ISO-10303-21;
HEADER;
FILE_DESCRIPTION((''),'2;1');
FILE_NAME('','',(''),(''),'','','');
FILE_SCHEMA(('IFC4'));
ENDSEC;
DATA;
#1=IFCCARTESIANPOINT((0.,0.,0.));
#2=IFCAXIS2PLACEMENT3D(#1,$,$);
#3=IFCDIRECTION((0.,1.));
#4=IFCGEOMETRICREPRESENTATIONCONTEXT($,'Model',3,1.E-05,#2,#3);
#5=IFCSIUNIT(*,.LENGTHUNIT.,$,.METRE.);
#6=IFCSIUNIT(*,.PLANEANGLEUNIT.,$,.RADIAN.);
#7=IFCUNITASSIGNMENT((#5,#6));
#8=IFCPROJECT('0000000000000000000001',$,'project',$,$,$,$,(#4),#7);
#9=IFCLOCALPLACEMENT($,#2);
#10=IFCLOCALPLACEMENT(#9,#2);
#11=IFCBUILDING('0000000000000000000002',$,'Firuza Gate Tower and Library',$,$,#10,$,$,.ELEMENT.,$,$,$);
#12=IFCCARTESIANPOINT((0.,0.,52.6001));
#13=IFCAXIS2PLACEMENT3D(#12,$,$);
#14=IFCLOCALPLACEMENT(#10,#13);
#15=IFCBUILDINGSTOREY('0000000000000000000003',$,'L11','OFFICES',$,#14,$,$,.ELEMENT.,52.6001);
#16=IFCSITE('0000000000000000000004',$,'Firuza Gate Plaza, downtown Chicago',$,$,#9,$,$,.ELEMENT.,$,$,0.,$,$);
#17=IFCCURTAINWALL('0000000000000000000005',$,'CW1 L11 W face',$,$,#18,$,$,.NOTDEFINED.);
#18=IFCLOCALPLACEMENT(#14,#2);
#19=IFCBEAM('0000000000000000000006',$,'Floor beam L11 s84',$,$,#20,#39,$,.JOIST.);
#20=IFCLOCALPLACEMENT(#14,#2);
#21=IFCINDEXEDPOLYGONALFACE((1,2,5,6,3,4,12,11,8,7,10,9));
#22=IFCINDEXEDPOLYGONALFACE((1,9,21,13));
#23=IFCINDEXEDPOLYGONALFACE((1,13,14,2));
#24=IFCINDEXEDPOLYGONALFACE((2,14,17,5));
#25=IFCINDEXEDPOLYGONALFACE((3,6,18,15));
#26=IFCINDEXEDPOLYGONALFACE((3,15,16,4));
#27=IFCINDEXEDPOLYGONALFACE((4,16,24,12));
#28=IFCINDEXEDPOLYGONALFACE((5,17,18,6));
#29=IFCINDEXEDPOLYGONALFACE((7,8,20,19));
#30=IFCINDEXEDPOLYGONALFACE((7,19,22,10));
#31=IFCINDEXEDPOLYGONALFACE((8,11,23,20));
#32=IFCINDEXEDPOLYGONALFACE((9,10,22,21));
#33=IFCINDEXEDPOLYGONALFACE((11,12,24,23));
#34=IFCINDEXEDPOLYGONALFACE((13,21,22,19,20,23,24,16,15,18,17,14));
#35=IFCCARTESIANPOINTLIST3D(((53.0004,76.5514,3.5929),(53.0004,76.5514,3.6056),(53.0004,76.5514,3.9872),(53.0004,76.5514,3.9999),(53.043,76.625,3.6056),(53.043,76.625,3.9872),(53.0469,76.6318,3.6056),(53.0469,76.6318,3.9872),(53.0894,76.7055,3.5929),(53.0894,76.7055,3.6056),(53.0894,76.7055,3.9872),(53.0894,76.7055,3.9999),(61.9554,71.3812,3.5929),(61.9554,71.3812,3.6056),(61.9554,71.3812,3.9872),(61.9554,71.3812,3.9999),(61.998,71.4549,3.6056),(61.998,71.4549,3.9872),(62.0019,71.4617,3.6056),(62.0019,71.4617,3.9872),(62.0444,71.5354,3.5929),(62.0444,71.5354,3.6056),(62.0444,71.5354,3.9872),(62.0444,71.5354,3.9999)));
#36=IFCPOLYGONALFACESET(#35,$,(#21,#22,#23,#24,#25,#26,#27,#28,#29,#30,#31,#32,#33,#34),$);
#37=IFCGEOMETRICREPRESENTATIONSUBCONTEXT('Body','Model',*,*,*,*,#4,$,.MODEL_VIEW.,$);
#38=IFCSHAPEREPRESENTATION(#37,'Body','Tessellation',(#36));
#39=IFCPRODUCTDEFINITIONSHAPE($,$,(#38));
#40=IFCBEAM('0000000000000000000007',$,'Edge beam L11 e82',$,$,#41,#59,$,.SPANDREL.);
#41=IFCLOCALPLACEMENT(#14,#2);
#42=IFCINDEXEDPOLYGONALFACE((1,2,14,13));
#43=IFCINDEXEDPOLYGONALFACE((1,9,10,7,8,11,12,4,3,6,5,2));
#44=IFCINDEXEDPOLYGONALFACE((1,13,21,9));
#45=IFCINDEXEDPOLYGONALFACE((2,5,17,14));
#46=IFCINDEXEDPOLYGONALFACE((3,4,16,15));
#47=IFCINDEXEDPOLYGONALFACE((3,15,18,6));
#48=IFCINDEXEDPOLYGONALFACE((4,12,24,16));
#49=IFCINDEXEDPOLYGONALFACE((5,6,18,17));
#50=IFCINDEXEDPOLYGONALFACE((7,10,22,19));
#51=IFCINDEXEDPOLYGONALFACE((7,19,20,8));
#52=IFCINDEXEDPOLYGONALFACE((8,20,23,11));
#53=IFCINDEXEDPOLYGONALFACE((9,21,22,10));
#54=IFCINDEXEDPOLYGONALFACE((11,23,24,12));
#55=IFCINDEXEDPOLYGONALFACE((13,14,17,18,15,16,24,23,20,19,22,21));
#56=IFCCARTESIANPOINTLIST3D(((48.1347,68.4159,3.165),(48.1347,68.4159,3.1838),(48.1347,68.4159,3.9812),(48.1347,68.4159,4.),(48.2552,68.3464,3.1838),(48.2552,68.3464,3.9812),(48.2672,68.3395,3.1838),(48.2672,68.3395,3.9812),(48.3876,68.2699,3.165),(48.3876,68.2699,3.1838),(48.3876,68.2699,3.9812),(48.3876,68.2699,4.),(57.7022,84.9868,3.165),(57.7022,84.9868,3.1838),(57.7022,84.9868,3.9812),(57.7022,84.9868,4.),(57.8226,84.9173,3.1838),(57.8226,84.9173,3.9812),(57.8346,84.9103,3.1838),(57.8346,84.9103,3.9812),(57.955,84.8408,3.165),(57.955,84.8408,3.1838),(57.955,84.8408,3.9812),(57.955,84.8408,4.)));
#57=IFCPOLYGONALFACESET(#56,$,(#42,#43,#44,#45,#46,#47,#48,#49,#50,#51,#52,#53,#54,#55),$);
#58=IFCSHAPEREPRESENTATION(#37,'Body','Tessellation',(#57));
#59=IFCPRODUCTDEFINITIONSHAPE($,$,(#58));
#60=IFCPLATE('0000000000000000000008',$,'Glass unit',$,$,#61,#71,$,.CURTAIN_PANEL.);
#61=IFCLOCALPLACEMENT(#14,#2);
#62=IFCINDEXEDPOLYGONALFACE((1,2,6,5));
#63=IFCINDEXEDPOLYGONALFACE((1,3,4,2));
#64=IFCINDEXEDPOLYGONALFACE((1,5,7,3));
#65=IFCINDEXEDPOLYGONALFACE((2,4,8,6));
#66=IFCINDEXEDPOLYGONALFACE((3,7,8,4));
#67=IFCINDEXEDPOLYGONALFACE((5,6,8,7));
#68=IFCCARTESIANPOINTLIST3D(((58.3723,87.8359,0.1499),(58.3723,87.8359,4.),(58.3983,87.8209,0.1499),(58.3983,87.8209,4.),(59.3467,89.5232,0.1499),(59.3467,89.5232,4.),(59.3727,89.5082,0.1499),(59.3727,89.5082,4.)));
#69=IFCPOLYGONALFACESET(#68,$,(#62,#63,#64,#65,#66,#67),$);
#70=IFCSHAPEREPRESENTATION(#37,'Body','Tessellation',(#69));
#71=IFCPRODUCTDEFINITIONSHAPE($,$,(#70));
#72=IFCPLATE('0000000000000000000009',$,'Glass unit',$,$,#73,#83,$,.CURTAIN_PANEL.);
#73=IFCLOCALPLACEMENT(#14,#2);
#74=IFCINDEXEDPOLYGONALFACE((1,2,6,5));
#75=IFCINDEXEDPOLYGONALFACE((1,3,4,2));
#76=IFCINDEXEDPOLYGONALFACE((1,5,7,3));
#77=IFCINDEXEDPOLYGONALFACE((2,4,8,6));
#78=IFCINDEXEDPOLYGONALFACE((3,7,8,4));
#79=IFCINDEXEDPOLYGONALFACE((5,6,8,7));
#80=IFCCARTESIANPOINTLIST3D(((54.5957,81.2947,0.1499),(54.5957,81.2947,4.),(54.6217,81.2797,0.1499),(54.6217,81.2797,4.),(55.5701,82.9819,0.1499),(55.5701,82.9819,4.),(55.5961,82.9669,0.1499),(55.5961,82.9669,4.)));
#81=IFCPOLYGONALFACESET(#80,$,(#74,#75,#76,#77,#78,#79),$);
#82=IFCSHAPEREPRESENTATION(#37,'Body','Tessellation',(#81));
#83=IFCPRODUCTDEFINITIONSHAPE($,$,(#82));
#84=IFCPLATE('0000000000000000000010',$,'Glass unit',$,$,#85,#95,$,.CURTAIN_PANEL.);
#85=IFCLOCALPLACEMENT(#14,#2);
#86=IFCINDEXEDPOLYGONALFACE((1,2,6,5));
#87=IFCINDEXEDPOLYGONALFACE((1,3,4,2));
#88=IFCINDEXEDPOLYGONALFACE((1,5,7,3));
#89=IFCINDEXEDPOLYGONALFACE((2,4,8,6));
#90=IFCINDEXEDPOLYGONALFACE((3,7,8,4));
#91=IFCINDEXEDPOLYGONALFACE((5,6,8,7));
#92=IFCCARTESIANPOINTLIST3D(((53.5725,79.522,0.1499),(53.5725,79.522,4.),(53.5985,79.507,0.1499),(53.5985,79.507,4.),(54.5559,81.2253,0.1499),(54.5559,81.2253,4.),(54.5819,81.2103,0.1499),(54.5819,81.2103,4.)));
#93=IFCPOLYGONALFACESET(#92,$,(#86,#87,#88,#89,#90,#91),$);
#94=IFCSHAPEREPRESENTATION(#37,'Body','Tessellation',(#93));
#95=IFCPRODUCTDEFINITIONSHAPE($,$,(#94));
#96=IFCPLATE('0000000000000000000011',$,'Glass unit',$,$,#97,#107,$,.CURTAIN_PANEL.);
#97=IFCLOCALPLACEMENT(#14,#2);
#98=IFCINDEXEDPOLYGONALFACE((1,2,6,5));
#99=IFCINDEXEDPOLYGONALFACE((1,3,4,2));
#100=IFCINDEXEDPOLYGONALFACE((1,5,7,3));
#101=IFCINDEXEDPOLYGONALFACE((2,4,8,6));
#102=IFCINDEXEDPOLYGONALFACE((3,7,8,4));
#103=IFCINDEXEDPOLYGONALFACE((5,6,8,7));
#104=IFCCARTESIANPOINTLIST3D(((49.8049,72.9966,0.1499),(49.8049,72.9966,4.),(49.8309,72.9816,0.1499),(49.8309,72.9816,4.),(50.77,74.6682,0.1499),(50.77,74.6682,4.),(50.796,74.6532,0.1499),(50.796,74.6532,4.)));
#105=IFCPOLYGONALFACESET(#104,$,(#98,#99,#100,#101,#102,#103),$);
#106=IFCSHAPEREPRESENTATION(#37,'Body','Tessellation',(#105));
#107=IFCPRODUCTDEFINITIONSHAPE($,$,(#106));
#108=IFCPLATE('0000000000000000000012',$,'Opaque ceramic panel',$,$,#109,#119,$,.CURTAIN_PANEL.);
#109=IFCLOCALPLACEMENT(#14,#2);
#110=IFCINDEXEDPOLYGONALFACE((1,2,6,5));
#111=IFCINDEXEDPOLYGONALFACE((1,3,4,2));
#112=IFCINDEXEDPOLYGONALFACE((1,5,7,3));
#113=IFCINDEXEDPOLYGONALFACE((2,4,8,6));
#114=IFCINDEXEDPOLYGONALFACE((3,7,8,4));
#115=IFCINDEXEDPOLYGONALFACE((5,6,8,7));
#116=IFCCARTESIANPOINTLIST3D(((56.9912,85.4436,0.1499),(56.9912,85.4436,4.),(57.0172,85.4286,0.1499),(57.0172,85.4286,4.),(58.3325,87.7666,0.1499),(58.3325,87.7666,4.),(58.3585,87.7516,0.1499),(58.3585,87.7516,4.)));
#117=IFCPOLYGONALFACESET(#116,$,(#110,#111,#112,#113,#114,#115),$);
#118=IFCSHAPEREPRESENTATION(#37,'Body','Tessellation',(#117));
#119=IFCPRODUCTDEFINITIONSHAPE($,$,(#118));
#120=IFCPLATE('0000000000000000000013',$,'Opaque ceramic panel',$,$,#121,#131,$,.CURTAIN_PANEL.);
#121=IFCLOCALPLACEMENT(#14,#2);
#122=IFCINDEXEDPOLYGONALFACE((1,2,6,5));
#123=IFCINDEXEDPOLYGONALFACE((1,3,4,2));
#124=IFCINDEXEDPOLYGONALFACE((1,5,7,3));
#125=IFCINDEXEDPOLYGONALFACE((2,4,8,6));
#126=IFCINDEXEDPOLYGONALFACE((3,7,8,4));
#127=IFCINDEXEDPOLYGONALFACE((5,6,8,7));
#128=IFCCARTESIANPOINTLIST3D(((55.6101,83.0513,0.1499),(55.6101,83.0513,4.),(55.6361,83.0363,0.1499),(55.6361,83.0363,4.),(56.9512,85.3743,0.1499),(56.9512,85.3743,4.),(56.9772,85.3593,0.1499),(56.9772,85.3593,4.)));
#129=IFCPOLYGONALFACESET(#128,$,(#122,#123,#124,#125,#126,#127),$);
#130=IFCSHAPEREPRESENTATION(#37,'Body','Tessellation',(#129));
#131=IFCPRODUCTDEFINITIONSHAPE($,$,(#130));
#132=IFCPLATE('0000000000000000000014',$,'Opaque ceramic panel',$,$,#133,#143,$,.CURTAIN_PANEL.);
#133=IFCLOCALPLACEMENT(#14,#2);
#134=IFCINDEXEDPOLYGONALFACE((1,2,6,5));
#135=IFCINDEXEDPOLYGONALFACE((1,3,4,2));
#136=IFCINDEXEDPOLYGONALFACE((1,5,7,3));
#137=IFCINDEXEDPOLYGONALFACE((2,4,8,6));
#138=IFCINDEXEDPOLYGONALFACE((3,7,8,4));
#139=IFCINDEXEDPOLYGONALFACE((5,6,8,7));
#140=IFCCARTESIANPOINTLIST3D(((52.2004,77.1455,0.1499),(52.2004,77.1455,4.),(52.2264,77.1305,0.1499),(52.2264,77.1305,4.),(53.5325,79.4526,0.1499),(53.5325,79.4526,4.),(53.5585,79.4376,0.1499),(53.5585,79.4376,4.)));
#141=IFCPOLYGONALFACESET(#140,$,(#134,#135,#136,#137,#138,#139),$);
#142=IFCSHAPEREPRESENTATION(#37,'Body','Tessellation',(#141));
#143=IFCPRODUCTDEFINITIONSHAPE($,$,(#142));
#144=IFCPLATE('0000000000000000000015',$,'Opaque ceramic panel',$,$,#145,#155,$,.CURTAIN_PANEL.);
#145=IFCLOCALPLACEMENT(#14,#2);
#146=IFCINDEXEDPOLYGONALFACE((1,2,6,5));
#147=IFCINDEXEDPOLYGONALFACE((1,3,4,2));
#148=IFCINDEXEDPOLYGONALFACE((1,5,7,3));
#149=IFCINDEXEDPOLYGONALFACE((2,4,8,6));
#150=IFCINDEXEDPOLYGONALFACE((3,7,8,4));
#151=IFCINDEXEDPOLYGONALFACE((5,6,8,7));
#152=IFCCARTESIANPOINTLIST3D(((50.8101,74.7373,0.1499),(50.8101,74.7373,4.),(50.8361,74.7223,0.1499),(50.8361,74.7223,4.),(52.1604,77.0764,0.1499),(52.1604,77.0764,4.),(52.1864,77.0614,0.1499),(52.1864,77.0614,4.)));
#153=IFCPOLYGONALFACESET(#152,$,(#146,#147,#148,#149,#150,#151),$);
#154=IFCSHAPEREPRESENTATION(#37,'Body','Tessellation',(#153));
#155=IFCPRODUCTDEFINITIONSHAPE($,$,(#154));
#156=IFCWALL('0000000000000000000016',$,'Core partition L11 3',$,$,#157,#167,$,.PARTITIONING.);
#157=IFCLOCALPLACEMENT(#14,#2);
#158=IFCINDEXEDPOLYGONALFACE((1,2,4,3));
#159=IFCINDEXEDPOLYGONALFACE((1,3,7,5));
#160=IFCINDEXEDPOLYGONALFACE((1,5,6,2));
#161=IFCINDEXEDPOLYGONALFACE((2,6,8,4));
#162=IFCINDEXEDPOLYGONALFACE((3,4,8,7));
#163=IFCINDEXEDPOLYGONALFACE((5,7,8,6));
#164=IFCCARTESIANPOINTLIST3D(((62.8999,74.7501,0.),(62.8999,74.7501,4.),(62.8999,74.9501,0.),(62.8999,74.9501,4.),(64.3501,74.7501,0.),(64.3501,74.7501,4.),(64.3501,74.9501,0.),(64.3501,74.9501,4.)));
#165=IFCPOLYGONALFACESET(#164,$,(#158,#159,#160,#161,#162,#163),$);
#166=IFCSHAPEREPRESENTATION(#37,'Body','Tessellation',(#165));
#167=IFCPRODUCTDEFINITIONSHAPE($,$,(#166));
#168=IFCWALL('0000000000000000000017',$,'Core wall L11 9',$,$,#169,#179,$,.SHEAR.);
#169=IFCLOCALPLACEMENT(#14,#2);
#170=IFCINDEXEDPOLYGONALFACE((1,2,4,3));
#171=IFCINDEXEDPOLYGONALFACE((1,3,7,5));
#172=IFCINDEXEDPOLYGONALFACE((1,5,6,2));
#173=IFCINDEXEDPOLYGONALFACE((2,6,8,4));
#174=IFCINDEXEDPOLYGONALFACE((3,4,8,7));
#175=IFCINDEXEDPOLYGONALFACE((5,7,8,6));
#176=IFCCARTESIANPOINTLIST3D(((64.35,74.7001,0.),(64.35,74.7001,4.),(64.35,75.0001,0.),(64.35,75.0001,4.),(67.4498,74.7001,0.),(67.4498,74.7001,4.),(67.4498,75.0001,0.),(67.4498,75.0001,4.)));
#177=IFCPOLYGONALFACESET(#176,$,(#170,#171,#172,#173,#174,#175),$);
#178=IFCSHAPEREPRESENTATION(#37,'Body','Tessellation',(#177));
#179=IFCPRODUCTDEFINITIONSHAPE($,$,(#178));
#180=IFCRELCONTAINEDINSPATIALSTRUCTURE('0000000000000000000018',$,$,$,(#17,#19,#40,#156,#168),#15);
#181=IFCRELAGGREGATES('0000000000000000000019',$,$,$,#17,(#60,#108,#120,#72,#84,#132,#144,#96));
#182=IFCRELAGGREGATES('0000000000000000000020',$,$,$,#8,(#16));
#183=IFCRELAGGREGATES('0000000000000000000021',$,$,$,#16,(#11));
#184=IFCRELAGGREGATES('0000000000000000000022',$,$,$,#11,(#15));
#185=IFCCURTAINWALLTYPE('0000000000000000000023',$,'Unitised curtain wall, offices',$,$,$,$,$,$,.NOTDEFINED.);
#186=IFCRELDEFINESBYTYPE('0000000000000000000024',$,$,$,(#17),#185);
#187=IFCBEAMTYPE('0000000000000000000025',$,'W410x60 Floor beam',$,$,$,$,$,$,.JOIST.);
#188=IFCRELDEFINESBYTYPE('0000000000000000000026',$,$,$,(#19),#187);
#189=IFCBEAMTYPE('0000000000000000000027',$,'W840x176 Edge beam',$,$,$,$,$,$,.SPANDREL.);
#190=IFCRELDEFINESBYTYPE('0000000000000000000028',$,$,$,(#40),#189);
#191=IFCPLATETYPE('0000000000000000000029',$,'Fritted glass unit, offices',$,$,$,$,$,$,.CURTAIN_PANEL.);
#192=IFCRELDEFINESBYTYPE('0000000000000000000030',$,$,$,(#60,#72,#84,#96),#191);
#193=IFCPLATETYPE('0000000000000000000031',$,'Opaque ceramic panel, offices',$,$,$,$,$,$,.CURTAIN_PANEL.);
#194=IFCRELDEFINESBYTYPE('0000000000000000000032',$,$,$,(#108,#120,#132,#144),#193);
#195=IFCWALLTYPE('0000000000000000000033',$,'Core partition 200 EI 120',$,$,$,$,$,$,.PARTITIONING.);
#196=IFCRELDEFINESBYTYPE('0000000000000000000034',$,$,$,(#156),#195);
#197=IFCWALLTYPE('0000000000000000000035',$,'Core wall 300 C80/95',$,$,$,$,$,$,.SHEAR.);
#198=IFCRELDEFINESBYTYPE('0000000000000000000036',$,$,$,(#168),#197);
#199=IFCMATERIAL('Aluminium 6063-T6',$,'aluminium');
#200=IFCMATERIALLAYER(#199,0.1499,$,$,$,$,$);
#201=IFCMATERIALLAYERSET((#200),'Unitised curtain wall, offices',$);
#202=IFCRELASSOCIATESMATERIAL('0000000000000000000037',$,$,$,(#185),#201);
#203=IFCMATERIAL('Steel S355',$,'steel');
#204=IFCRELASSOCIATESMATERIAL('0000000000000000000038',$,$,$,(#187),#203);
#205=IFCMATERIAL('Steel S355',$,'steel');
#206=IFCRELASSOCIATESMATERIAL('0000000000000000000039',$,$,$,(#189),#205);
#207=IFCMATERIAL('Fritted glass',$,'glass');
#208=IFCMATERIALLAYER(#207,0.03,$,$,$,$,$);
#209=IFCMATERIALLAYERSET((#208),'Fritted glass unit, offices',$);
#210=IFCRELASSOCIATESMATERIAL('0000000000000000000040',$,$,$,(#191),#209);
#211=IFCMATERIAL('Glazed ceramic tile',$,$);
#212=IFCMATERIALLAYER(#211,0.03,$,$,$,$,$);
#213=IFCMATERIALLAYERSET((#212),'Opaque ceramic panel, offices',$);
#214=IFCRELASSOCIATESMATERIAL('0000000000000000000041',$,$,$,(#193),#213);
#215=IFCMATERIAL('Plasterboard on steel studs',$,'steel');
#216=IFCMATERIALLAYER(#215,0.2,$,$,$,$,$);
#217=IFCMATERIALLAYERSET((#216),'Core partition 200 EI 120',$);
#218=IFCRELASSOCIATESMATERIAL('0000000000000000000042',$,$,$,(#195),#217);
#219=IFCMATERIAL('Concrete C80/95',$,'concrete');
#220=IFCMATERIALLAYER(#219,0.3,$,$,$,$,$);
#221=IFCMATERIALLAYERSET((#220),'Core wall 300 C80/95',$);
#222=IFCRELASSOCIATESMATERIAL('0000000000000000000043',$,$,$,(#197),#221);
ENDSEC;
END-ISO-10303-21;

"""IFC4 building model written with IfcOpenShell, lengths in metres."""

from ifc_helpers import new_model, si_unit, direction, frame, frame_2d, origin, origin_2d, place, context, subcontext, project, spatial, polyline, rectangle, i_section, outline, extrude, material, layer, layer_set, material_profile, profile_set, type_object, element, aggregate, save


model = new_model("IFC4")

# Units and contexts
model_context = context("Model", 3, precision=1e-05, world=origin(), true_north=direction((0.0, 1.0)))
body_context = subcontext(model_context, "Body", "Model", "MODEL_VIEW")
ifc_project = project(units=[si_unit("LENGTHUNIT", "METRE"), si_unit("PLANEANGLEUNIT", "RADIAN")], contexts=[model_context])

# Site, building, storey
site_placement = place(None, origin())
site = spatial("IfcSite", under=ifc_project, at=site_placement, Name="Firuza Gate Plaza, downtown Chicago", CompositionType="ELEMENT", RefElevation=0.0)
building_placement = place(site_placement, origin())
building = spatial("IfcBuilding", under=site, at=building_placement, Name="Firuza Gate Tower and Library", CompositionType="ELEMENT")
storey_placement = place(building_placement, frame((0.0, 0.0, 52.6001)))
storey = spatial("IfcBuildingStorey", under=building, at=storey_placement, Name="L11", Description="OFFICES", CompositionType="ELEMENT", Elevation=52.6001)

# Curtain wall
ifc_material_1 = material(Name="Aluminium 6063-T6", Category="aluminium")
ifc_layer_1 = layer(ifc_material_1, 0.1499)
ifc_layer_set_1 = layer_set([ifc_layer_1], Name="Unitised curtain wall, offices")
curtain_wall_type = type_object("IfcCurtainWallType", Name="Unitised curtain wall, offices", PredefinedType="NOTDEFINED", material=ifc_layer_set_1)
curtain_wall_placement = place(storey_placement, origin())
curtain_wall = element("IfcCurtainWall", 1, at=curtain_wall_placement, inside=storey, type_object=curtain_wall_type, Name="CW1 L11 W face", PredefinedType="NOTDEFINED")

# Beams
ifc_material_2 = material(Name="Steel S355", Category="steel")
ifc_material_profile_1 = material_profile(ifc_material_2, i_section(OverallWidth=0.178, OverallDepth=0.407, WebThickness=0.0078, FlangeThickness=0.0127, at=origin_2d()))
ifc_profile_set_1 = profile_set([ifc_material_profile_1], Name="Steel S355")
beam_type_1 = type_object("IfcBeamType", Name="W410x60 Floor beam", PredefinedType="JOIST", material=ifc_profile_set_1)
beam_1_placement = place(storey_placement, frame((53.0449, 76.6284, 3.7964), z_axis=(0.866028, -0.499996, 0.0), x_axis=(0.499996, 0.866028, 0.0)))
element("IfcBeam", 2, at=beam_1_placement, inside=storey, type_object=beam_type_1, Name="Floor beam L11 s84", PredefinedType="JOIST", context=body_context, shape_type="SweptSolid", body=[
    extrude(i_section(OverallWidth=0.178, OverallDepth=0.407, WebThickness=0.0078, FlangeThickness=0.0127, at=origin_2d()), origin(), (0.0, 0.0, 1.0), 10.3403),
])
ifc_material_3 = material(Name="Steel S355", Category="steel")
ifc_material_profile_2 = material_profile(ifc_material_3, i_section(OverallWidth=0.292, OverallDepth=0.835, WebThickness=0.0139, FlangeThickness=0.0188, at=origin_2d()))
ifc_profile_set_2 = profile_set([ifc_material_profile_2], Name="Steel S355")
beam_type_2 = type_object("IfcBeamType", Name="W840x176 Edge beam", PredefinedType="SPANDREL", material=ifc_profile_set_2)
beam_2_placement = place(storey_placement, frame((57.8286, 84.9138, 3.5825), z_axis=(-0.500009, -0.86602, 0.0), x_axis=(0.86602, -0.500009, 0.0)))
element("IfcBeam", 3, at=beam_2_placement, inside=storey, type_object=beam_type_2, Name="Edge beam L11 e82", PredefinedType="SPANDREL", context=body_context, shape_type="SweptSolid", body=[
    extrude(i_section(OverallWidth=0.292, OverallDepth=0.835, WebThickness=0.0139, FlangeThickness=0.0188, at=origin_2d()), origin(), (0.0, 0.0, 1.0), 19.1345),
])

# Plates
ifc_material_4 = material(Name="Fritted glass", Category="glass")
ifc_layer_2 = layer(ifc_material_4, 0.03)
ifc_layer_set_2 = layer_set([ifc_layer_2], Name="Fritted glass unit, offices")
plate_type_1 = type_object("IfcPlateType", Name="Fritted glass unit, offices", PredefinedType="CURTAIN_PANEL", material=ifc_layer_set_2)
plate_1_placement = place(storey_placement, frame((59.3467, 89.5232, 0.1499), z_axis=(-0.865975, 0.500088, 0.0), x_axis=(-0.500088, -0.865975, 0.0)))
plate_1 = element("IfcPlate", 4, at=plate_1_placement, type_object=plate_type_1, Name="Glass unit", PredefinedType="CURTAIN_PANEL", context=body_context, shape_type="SweptSolid", body=[
    extrude(outline(polyline([(0.0, 0.0), (1.9484, 0.0), (1.9484, 3.8501), (0.0, 3.8501), (0.0, 0.0)])), origin(), (0.0, 0.0, -1.0), 0.03),
])
plate_2_placement = place(storey_placement, frame((55.5701, 82.9819, 0.1499), z_axis=(-0.865975, 0.500088, 0.0), x_axis=(-0.500088, -0.865975, 0.0)))
plate_2 = element("IfcPlate", 5, at=plate_2_placement, type_object=plate_type_1, Name="Glass unit", PredefinedType="CURTAIN_PANEL", context=body_context, shape_type="SweptSolid", body=[
    extrude(outline(polyline([(0.0, 0.0), (1.9484, 0.0), (1.9484, 3.8501), (0.0, 3.8501), (0.0, 0.0)])), origin(), (0.0, 0.0, -1.0), 0.03),
])
plate_3_placement = place(storey_placement, frame((54.5559, 81.2253, 0.1499), z_axis=(-0.866035, 0.499984, 0.0), x_axis=(-0.499984, -0.866035, 0.0)))
plate_3 = element("IfcPlate", 6, at=plate_3_placement, type_object=plate_type_1, Name="Glass unit", PredefinedType="CURTAIN_PANEL", context=body_context, shape_type="SweptSolid", body=[
    extrude(outline(polyline([(0.0, 0.0), (1.9669, 0.0), (1.9669, 3.8501), (0.0, 3.8501), (0.0, 0.0)])), origin(), (0.0, 0.0, -1.0), 0.03),
])
plate_4_placement = place(storey_placement, frame((50.77, 74.6682, 0.1499), z_axis=(-0.866032, 0.499989, 0.0), x_axis=(-0.499989, -0.866032, 0.0)))
plate_4 = element("IfcPlate", 7, at=plate_4_placement, type_object=plate_type_1, Name="Glass unit", PredefinedType="CURTAIN_PANEL", context=body_context, shape_type="SweptSolid", body=[
    extrude(outline(polyline([(0.0, 0.0), (1.9302, 0.0), (1.9302, 3.8501), (0.0, 3.8501), (0.0, 0.0)])), origin(), (0.0, 0.0, -1.0), 0.03),
])
ifc_material_5 = material(Name="Glazed ceramic tile")
ifc_layer_3 = layer(ifc_material_5, 0.03)
ifc_layer_set_3 = layer_set([ifc_layer_3], Name="Opaque ceramic panel, offices")
plate_type_2 = type_object("IfcPlateType", Name="Opaque ceramic panel, offices", PredefinedType="CURTAIN_PANEL", material=ifc_layer_set_3)
plate_5_placement = place(storey_placement, frame((58.3325, 87.7666, 0.1499), z_axis=(-0.866005, 0.500035, 0.0), x_axis=(-0.500035, -0.866005, 0.0)))
plate_5 = element("IfcPlate", 8, at=plate_5_placement, type_object=plate_type_2, Name="Opaque ceramic panel", PredefinedType="CURTAIN_PANEL", context=body_context, shape_type="SweptSolid", body=[
    extrude(outline(polyline([(0.0, 0.0), (2.6824, 0.0), (2.6824, 3.8501), (0.0, 3.8501), (0.0, 0.0)])), origin(), (0.0, 0.0, -1.0), 0.03),
])
plate_6_placement = place(storey_placement, frame((56.9512, 85.3743, 0.1499), z_axis=(-0.866045, 0.499967, 0.0), x_axis=(-0.499967, -0.866045, 0.0)))
plate_6 = element("IfcPlate", 9, at=plate_6_placement, type_object=plate_type_2, Name="Opaque ceramic panel", PredefinedType="CURTAIN_PANEL", context=body_context, shape_type="SweptSolid", body=[
    extrude(outline(polyline([(0.0, 0.0), (2.6823, 0.0), (2.6823, 3.8501), (0.0, 3.8501), (0.0, 0.0)])), origin(), (0.0, 0.0, -1.0), 0.03),
])
plate_7_placement = place(storey_placement, frame((53.5325, 79.4526, 0.1499), z_axis=(-0.866024, 0.500003, 0.0), x_axis=(-0.500003, -0.866024, 0.0)))
plate_7 = element("IfcPlate", 10, at=plate_7_placement, type_object=plate_type_2, Name="Opaque ceramic panel", PredefinedType="CURTAIN_PANEL", context=body_context, shape_type="SweptSolid", body=[
    extrude(outline(polyline([(0.0, 0.0), (2.664, 0.0), (2.664, 3.8501), (0.0, 3.8501), (0.0, 0.0)])), origin(), (0.0, 0.0, -1.0), 0.03),
])
plate_8_placement = place(storey_placement, frame((52.1604, 77.0764, 0.1499), z_axis=(-0.866049, 0.49996, 0.0), x_axis=(-0.49996, -0.866049, 0.0)))
plate_8 = element("IfcPlate", 11, at=plate_8_placement, type_object=plate_type_2, Name="Opaque ceramic panel", PredefinedType="CURTAIN_PANEL", context=body_context, shape_type="SweptSolid", body=[
    extrude(outline(polyline([(0.0, 0.0), (2.7009, 0.0), (2.7009, 3.8501), (0.0, 3.8501), (0.0, 0.0)])), origin(), (0.0, 0.0, -1.0), 0.03),
])
aggregate(curtain_wall, [plate_1, plate_5, plate_6, plate_2, plate_3, plate_7, plate_8, plate_4])

# Walls
ifc_material_6 = material(Name="Plasterboard on steel studs", Category="steel")
ifc_layer_4 = layer(ifc_material_6, 0.2)
ifc_layer_set_4 = layer_set([ifc_layer_4], Name="Core partition 200 EI 120")
wall_type_1 = type_object("IfcWallType", Name="Core partition 200 EI 120", PredefinedType="PARTITIONING", material=ifc_layer_set_4)
wall_1_placement = place(storey_placement, frame((62.8999, 74.8501, 0.0), z_axis=(0.0, 0.0, 1.0), x_axis=(1.0, 0.0, 0.0)))
element("IfcWall", 12, at=wall_1_placement, inside=storey, type_object=wall_type_1, Name="Core partition L11 3", PredefinedType="PARTITIONING", context=body_context, shape_type="SweptSolid", body=[
    extrude(rectangle(XDim=1.4502, YDim=0.2, at=frame_2d((0.7251, 0.0))), origin(), (0.0, 0.0, 1.0), 4.0),
])
ifc_material_7 = material(Name="Concrete C80/95", Category="concrete")
ifc_layer_5 = layer(ifc_material_7, 0.3)
ifc_layer_set_5 = layer_set([ifc_layer_5], Name="Core wall 300 C80/95")
wall_type_2 = type_object("IfcWallType", Name="Core wall 300 C80/95", PredefinedType="SHEAR", material=ifc_layer_set_5)
wall_2_placement = place(storey_placement, frame((64.3501, 74.8501, 0.0), z_axis=(0.0, 0.0, 1.0), x_axis=(1.0, 0.0, 0.0)))
element("IfcWall", 13, at=wall_2_placement, inside=storey, type_object=wall_type_2, Name="Core wall L11 9", PredefinedType="SHEAR", context=body_context, shape_type="SweptSolid", body=[
    extrude(rectangle(XDim=3.0999, YDim=0.3, at=frame_2d((1.5498, 0.0))), origin(), (0.0, 0.0, 1.0), 4.0),
])

save(model, "model.ifc")
